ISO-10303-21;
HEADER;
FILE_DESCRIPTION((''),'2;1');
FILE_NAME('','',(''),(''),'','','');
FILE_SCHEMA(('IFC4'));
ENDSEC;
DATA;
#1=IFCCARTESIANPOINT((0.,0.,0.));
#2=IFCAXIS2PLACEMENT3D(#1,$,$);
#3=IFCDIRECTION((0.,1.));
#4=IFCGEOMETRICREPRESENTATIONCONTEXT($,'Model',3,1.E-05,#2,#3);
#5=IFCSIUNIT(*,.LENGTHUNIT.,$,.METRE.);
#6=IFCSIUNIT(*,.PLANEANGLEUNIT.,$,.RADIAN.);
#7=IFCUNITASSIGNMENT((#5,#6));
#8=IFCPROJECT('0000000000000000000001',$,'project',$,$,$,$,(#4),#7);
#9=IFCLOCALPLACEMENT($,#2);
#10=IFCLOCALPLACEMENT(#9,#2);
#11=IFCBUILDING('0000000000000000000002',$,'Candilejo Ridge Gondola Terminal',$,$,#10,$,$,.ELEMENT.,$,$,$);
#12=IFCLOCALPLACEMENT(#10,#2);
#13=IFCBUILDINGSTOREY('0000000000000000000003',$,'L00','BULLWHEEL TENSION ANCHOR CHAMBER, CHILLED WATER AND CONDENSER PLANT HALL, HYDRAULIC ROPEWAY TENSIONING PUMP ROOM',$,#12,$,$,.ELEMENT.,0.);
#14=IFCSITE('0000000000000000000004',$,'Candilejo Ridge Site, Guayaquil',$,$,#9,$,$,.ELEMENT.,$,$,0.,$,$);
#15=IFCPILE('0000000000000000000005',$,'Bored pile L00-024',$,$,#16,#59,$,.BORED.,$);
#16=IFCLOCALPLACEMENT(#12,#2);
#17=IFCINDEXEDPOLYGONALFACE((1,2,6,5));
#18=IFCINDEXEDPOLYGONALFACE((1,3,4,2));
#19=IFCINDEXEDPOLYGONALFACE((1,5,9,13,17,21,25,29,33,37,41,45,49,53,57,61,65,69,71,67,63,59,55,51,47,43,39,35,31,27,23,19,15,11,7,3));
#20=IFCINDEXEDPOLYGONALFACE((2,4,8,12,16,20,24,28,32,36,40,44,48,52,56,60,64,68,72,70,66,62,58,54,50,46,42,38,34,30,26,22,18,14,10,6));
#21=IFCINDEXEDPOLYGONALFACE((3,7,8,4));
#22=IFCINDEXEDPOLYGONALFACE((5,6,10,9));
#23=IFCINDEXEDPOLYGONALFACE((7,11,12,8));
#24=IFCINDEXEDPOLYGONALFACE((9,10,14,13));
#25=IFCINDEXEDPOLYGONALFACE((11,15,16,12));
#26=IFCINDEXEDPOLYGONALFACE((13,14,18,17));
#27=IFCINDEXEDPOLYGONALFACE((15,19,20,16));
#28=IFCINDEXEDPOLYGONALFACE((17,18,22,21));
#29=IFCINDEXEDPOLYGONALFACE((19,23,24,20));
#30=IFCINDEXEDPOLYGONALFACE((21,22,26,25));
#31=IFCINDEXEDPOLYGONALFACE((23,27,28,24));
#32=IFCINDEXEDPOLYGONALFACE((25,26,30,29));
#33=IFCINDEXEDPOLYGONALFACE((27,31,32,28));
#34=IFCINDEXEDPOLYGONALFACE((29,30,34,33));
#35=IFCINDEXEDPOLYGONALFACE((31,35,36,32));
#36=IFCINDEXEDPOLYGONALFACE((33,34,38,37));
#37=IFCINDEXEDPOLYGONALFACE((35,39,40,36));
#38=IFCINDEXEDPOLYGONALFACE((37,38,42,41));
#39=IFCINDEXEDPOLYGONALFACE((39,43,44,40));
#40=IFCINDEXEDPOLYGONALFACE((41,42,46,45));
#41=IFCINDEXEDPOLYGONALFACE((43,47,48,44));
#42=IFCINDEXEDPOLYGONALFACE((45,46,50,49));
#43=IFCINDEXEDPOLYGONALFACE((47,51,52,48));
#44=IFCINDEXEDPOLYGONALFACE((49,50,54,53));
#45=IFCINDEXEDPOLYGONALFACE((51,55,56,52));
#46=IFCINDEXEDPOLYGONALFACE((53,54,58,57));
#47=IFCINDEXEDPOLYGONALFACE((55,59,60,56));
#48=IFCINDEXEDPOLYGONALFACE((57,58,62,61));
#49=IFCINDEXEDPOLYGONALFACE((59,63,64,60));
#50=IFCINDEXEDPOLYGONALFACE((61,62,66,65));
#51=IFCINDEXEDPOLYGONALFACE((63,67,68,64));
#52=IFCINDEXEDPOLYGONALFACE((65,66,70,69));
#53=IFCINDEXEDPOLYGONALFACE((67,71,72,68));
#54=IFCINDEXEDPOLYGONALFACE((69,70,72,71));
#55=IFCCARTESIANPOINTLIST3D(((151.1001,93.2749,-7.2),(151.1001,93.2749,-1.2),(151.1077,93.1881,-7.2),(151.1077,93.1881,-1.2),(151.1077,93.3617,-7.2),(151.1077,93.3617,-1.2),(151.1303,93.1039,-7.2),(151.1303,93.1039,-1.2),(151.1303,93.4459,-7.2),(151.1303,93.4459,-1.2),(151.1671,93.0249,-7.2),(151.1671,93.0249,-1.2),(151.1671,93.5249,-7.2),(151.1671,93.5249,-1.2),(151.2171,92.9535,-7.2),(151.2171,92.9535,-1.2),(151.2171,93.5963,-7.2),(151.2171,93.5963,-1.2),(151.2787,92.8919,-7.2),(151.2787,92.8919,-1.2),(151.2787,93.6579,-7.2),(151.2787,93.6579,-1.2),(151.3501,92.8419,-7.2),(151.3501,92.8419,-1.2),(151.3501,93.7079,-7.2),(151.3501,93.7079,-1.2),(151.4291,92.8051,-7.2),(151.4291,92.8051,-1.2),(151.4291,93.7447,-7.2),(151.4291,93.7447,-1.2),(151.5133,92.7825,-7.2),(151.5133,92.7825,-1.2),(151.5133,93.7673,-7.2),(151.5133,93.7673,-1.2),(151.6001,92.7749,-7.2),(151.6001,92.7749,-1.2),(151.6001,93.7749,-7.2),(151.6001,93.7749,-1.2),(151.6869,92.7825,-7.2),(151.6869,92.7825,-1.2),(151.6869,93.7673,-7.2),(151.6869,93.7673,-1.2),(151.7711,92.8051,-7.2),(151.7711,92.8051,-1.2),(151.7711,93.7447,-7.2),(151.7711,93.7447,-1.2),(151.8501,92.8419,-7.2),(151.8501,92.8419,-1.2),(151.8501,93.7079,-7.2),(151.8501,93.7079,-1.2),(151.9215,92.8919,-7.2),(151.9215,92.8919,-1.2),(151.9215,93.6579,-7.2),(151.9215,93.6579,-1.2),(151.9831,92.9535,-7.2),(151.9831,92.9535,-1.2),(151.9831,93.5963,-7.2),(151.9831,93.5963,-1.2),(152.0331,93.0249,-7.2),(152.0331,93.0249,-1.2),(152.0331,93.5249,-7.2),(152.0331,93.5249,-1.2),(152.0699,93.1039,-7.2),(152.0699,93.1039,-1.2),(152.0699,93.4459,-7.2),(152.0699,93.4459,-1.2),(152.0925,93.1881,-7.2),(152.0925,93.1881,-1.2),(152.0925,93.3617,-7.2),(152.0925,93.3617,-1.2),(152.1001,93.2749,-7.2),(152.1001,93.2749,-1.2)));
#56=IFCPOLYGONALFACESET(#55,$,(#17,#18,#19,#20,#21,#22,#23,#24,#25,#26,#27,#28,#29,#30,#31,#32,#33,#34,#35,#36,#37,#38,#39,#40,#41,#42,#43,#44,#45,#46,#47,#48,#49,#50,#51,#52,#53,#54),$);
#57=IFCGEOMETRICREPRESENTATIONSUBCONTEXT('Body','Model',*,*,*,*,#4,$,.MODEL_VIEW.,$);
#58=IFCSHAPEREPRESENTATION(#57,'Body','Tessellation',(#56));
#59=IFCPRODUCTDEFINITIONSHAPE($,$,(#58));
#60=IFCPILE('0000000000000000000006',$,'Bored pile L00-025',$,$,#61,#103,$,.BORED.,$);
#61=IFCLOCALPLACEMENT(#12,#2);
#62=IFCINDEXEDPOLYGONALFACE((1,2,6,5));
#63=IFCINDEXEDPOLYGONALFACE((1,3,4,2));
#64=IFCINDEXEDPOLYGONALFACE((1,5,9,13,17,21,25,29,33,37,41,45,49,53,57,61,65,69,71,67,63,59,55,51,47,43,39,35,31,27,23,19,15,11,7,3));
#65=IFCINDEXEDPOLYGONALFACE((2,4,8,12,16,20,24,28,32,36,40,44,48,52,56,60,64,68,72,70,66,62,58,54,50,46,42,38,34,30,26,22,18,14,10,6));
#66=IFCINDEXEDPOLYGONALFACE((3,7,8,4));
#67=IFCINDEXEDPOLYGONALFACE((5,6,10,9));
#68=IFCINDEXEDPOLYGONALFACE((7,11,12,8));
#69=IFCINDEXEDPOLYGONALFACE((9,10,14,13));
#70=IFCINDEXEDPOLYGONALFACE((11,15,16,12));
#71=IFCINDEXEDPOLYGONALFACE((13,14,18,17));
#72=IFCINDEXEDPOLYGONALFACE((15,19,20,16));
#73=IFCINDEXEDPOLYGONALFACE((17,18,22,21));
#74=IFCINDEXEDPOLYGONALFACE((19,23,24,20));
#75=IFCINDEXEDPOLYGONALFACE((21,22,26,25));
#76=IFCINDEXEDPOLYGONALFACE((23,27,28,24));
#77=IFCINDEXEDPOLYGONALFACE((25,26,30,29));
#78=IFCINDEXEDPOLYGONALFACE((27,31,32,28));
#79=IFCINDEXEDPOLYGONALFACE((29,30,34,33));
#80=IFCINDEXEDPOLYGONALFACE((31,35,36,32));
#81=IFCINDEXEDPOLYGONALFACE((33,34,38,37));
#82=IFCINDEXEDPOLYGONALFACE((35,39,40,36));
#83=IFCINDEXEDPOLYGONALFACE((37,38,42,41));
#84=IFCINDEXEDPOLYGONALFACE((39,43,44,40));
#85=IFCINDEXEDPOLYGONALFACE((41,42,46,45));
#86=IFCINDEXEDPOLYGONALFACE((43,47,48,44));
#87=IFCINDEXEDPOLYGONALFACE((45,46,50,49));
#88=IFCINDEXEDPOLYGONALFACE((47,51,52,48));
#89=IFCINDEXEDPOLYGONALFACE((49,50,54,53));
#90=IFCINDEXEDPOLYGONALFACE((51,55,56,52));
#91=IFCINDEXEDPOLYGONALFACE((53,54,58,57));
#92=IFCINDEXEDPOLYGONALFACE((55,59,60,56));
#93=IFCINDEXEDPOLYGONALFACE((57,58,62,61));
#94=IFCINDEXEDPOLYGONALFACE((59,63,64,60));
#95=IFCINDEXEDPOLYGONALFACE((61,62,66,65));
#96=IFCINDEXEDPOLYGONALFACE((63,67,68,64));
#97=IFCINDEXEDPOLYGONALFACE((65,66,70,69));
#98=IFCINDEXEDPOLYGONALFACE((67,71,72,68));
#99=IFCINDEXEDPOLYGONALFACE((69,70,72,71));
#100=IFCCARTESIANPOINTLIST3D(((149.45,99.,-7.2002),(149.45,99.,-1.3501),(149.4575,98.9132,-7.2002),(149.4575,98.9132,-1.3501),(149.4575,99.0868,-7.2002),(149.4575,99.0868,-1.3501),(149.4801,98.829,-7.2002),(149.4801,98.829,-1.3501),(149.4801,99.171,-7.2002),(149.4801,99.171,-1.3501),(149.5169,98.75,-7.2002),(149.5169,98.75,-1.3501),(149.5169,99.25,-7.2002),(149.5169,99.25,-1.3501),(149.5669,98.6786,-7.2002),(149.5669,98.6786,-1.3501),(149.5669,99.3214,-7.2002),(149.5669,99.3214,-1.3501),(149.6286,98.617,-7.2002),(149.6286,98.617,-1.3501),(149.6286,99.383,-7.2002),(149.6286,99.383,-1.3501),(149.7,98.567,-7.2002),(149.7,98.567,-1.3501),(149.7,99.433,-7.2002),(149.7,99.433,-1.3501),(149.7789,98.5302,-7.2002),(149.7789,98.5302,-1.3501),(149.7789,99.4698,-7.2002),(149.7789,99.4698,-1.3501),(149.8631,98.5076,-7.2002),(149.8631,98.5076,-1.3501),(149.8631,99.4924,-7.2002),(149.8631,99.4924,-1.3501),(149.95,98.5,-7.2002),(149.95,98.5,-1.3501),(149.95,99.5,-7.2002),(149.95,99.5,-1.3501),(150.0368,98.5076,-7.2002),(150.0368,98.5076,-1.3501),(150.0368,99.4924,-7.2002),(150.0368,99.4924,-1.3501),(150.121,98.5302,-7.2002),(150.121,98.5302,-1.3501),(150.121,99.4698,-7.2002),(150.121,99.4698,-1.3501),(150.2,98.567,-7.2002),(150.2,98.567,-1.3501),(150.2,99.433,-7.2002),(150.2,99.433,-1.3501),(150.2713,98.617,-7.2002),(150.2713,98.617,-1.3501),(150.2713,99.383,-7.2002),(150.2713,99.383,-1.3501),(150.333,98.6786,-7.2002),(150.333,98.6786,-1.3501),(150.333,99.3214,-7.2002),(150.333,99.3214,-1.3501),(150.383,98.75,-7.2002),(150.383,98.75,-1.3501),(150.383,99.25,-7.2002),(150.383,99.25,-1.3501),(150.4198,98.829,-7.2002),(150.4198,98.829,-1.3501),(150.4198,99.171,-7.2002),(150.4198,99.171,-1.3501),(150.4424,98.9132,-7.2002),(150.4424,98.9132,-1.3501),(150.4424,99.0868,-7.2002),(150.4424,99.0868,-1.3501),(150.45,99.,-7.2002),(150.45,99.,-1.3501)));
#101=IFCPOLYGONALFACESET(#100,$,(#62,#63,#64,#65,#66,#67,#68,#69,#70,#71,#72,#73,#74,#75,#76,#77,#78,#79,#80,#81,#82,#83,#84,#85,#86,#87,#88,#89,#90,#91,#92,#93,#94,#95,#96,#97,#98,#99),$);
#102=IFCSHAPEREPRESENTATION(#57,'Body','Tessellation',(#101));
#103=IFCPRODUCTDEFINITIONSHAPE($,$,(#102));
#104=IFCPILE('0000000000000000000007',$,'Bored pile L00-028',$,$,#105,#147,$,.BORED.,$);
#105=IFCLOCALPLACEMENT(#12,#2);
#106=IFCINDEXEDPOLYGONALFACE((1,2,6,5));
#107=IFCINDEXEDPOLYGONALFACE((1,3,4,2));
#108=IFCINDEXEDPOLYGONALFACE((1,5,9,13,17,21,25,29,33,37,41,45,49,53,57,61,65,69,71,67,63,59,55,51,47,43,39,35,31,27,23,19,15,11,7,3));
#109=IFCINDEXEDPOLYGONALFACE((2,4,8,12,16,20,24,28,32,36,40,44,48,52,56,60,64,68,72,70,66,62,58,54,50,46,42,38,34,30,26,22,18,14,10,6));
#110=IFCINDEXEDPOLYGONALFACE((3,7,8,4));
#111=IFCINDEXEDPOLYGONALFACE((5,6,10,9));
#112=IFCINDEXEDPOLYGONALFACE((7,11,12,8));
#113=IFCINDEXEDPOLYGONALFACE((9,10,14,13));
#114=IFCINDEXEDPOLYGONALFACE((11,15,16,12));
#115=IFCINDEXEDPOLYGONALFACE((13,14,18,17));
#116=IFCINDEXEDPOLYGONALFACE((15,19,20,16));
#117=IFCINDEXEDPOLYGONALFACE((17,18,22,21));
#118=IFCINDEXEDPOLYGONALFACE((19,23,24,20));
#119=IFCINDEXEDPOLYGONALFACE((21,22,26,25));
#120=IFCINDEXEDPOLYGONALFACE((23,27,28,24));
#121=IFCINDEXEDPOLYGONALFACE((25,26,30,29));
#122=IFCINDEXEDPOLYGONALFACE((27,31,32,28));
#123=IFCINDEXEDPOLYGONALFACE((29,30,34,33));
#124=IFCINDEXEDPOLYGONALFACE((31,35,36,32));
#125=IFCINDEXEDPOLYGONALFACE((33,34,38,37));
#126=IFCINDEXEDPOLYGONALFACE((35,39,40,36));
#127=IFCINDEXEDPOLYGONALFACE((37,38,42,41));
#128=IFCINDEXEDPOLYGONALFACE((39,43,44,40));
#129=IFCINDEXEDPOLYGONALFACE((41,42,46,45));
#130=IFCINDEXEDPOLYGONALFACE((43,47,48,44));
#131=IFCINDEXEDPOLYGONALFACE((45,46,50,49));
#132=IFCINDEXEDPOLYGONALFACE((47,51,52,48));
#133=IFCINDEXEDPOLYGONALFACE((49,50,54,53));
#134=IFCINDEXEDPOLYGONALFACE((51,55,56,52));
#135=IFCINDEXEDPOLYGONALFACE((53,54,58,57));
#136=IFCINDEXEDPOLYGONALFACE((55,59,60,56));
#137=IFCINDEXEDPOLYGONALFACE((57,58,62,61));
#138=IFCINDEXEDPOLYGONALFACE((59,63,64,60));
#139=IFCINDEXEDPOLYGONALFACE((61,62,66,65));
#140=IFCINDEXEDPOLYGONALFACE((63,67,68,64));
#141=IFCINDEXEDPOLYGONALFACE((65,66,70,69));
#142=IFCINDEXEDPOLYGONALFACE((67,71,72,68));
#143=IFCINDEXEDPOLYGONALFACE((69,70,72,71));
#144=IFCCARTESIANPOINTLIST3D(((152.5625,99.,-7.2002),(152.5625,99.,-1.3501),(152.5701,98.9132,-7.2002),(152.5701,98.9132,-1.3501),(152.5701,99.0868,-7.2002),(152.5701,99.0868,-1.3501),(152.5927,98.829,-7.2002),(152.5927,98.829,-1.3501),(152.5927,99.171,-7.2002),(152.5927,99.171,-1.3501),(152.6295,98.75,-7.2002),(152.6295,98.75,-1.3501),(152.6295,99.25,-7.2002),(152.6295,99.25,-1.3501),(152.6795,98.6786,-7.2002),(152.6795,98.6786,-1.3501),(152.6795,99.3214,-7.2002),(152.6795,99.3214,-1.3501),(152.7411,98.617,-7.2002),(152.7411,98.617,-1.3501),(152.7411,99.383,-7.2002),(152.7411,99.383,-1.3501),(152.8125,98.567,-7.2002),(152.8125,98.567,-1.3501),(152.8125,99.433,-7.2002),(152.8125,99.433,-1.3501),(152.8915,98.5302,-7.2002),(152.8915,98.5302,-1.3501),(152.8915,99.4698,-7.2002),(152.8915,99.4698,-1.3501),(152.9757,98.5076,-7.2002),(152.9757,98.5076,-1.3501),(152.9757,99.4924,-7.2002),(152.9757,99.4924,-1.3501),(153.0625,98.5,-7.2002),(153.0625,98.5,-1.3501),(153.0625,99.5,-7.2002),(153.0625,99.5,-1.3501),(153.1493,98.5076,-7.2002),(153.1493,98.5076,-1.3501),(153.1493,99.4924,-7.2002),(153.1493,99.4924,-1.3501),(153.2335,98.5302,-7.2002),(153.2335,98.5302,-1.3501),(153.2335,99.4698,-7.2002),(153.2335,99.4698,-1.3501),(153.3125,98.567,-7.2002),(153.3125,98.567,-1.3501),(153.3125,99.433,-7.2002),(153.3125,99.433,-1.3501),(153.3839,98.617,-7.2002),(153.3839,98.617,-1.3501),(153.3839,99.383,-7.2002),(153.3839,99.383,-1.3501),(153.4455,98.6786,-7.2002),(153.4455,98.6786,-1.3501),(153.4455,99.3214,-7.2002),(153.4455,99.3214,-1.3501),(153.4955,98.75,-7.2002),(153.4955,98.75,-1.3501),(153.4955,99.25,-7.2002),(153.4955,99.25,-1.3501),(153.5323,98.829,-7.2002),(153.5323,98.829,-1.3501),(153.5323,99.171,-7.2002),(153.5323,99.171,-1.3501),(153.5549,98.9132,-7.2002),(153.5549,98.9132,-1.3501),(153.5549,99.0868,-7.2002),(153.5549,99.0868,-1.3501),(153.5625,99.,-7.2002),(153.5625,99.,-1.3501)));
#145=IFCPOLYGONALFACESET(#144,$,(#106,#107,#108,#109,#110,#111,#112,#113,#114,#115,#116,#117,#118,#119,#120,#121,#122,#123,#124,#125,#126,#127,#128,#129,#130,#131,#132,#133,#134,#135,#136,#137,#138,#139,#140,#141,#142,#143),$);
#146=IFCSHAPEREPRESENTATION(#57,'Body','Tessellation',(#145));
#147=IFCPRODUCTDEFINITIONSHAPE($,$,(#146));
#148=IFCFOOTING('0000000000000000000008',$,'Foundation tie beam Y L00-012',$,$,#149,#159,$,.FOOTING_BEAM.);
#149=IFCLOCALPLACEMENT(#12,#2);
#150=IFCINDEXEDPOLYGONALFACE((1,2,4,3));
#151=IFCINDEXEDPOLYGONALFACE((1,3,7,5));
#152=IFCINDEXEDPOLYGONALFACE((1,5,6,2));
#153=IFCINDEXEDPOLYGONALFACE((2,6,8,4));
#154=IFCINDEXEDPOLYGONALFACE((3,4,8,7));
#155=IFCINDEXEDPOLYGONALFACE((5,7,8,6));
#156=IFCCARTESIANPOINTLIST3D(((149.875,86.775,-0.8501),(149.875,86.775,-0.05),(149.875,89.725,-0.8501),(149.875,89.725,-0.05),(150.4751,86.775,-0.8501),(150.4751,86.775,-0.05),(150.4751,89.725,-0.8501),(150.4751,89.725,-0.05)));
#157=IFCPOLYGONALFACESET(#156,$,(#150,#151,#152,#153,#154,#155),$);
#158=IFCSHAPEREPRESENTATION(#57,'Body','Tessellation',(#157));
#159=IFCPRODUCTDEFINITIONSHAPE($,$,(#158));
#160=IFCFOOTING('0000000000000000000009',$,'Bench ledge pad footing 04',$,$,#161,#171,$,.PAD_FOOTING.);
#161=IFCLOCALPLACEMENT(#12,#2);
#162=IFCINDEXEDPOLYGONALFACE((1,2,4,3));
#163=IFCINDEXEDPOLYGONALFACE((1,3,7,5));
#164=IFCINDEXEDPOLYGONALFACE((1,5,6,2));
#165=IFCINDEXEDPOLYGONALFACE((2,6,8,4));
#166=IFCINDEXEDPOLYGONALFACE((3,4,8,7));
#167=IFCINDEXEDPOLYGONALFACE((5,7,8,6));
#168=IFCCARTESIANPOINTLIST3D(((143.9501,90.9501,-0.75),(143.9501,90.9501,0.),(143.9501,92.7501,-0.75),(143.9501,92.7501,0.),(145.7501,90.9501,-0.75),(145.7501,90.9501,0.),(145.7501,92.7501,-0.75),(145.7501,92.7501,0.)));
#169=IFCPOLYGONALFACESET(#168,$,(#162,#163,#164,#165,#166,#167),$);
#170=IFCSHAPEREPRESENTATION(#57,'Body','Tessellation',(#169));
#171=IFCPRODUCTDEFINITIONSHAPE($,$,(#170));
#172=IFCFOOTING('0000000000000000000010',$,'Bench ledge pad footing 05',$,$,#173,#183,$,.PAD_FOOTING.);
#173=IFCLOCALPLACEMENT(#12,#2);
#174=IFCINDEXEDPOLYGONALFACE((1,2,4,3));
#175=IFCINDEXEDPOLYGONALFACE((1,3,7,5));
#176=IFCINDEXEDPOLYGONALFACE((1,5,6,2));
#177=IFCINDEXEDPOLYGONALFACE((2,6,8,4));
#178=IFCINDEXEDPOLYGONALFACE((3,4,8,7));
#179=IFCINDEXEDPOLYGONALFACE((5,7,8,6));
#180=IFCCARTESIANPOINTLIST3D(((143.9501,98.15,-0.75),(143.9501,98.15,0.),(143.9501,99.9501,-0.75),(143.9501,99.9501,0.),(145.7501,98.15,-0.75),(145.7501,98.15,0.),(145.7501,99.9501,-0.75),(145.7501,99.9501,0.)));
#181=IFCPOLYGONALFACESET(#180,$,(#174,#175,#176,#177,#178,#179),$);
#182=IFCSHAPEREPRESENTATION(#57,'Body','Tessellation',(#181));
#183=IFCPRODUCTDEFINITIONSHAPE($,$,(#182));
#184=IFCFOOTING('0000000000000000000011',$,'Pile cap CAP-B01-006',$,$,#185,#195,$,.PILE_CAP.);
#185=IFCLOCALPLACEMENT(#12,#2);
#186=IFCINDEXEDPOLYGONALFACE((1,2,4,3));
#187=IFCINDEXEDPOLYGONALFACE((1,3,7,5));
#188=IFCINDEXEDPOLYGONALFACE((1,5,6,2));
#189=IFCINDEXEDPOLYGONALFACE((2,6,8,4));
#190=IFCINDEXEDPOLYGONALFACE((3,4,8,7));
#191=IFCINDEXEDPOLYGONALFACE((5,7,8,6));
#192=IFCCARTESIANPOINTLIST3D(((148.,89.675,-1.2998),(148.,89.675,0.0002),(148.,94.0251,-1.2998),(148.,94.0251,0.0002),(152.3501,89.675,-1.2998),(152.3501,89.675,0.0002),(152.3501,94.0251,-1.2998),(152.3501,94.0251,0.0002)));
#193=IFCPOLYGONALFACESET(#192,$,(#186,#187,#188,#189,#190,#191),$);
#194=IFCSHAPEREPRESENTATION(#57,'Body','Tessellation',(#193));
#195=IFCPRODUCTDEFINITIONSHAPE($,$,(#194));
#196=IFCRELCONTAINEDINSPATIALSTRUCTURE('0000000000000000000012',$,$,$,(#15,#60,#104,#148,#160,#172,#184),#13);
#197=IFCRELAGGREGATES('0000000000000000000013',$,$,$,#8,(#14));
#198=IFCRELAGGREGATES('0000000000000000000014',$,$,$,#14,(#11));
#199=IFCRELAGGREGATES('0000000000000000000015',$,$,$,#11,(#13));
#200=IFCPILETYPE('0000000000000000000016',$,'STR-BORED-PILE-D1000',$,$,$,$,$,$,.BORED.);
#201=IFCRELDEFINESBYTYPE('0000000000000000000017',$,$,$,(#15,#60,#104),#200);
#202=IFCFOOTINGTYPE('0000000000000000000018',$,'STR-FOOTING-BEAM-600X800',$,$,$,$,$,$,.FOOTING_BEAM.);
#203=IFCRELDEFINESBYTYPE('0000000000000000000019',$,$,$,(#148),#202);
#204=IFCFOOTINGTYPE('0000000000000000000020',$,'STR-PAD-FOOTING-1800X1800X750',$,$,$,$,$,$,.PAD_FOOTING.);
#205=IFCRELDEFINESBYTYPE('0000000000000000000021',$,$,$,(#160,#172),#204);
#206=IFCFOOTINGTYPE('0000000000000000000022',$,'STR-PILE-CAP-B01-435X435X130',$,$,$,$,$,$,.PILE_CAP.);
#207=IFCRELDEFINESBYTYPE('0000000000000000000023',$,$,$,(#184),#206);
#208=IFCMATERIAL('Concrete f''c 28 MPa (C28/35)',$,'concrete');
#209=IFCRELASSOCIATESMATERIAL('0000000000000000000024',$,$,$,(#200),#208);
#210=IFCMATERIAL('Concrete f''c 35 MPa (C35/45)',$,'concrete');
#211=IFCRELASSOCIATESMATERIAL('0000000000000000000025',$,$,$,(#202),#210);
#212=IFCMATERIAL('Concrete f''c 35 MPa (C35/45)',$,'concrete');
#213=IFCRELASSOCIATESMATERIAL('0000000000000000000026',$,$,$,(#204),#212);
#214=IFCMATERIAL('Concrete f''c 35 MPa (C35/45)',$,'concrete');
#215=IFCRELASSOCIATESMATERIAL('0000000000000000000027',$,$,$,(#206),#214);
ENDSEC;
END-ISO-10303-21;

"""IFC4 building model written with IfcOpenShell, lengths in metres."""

from ifc_helpers import new_model, si_unit, direction, frame, origin, origin_2d, place, context, subcontext, project, spatial, rectangle, circle, extrude, material, material_profile, profile_set, type_object, element, save


model = new_model("IFC4")

# Units and contexts
model_context = context("Model", 3, precision=1e-05, world=origin(), true_north=direction((0.0, 1.0)))
body_context = subcontext(model_context, "Body", "Model", "MODEL_VIEW")
ifc_project = project(units=[si_unit("LENGTHUNIT", "METRE"), si_unit("PLANEANGLEUNIT", "RADIAN")], contexts=[model_context])

# Site, building, storey
site_placement = place(None, origin())
site = spatial("IfcSite", under=ifc_project, at=site_placement, Name="Candilejo Ridge Site, Guayaquil", CompositionType="ELEMENT", RefElevation=0.0)
building_placement = place(site_placement, origin())
building = spatial("IfcBuilding", under=site, at=building_placement, Name="Candilejo Ridge Gondola Terminal", CompositionType="ELEMENT")
storey_placement = place(building_placement, origin())
storey = spatial("IfcBuildingStorey", under=building, at=storey_placement, Name="L00", Description="BULLWHEEL TENSION ANCHOR CHAMBER, CHILLED WATER AND CONDENSER PLANT HALL, HYDRAULIC ROPEWAY TENSIONING PUMP ROOM", CompositionType="ELEMENT", Elevation=0.0)

# Piles
ifc_material_1 = material(Name="Concrete f'c 28 MPa (C28/35)", Category="concrete")
ifc_material_profile_1 = material_profile(ifc_material_1, circle(Radius=0.5, at=origin_2d()))
ifc_profile_set_1 = profile_set([ifc_material_profile_1], Name="Concrete f'c 28 MPa (C28/35)")
pile_type = type_object("IfcPileType", Name="STR-BORED-PILE-D1000", PredefinedType="BORED", material=ifc_profile_set_1)
for number, where, z_axis, x_axis, name in (
    (1, (151.6001, 93.2749, -1.2), (0.0, 0.0, -1.0), (1.0, 0.0, 0.0), "Bored pile L00-024"),
):
    element("IfcPile", number, at=place(storey_placement, frame(where, z_axis=z_axis, x_axis=x_axis)), inside=storey, type_object=pile_type, Name=name, PredefinedType="BORED", context=body_context, shape_type="SweptSolid", body=[
        extrude(circle(Radius=0.5, at=origin_2d()), origin(), (0.0, 0.0, 1.0), 6.0),
    ])
for number, where, z_axis, x_axis, name in (
    (2, (149.95, 99.0, -1.3501), (0.0, 0.0, -1.0), (1.0, 0.0, 0.0), "Bored pile L00-025"),
    (3, (153.0625, 99.0, -1.3501), (0.0, 0.0, -1.0), (1.0, 0.0, 0.0), "Bored pile L00-028"),
):
    element("IfcPile", number, at=place(storey_placement, frame(where, z_axis=z_axis, x_axis=x_axis)), inside=storey, type_object=pile_type, Name=name, PredefinedType="BORED", context=body_context, shape_type="SweptSolid", body=[
        extrude(circle(Radius=0.5, at=origin_2d()), origin(), (0.0, 0.0, 1.0), 5.8501),
    ])

# Footings
ifc_material_2 = material(Name="Concrete f'c 35 MPa (C35/45)", Category="concrete")
footing_type_1 = type_object("IfcFootingType", Name="STR-FOOTING-BEAM-600X800", PredefinedType="FOOTING_BEAM", material=ifc_material_2)
footing_1_placement = place(storey_placement, frame((150.175, 88.25, -0.8501), z_axis=(0.0, 0.0, 1.0), x_axis=(1.0, 0.0, 0.0)))
element("IfcFooting", 4, at=footing_1_placement, inside=storey, type_object=footing_type_1, Name="Foundation tie beam Y L00-012", PredefinedType="FOOTING_BEAM", context=body_context, shape_type="SweptSolid", body=[
    extrude(rectangle(XDim=0.6001, YDim=2.95, at=origin_2d()), origin(), (0.0, 0.0, 1.0), 0.8),
])
ifc_material_3 = material(Name="Concrete f'c 35 MPa (C35/45)", Category="concrete")
footing_type_2 = type_object("IfcFootingType", Name="STR-PAD-FOOTING-1800X1800X750", PredefinedType="PAD_FOOTING", material=ifc_material_3)
for number, where, z_axis, x_axis, name in (
    (5, (144.8501, 91.8501, -0.75), (0.0, 0.0, 1.0), (1.0, 0.0, 0.0), "Bench ledge pad footing 04"),
    (6, (144.8501, 99.05, -0.75), (0.0, 0.0, 1.0), (1.0, 0.0, 0.0), "Bench ledge pad footing 05"),
):
    element("IfcFooting", number, at=place(storey_placement, frame(where, z_axis=z_axis, x_axis=x_axis)), inside=storey, type_object=footing_type_2, Name=name, PredefinedType="PAD_FOOTING", context=body_context, shape_type="SweptSolid", body=[
        extrude(rectangle(XDim=1.8, YDim=1.8, at=origin_2d()), origin(), (0.0, 0.0, 1.0), 0.75),
    ])
ifc_material_4 = material(Name="Concrete f'c 35 MPa (C35/45)", Category="concrete")
footing_type_3 = type_object("IfcFootingType", Name="STR-PILE-CAP-B01-435X435X130", PredefinedType="PILE_CAP", material=ifc_material_4)
footing_2_placement = place(storey_placement, frame((150.175, 91.8501, -1.2998), z_axis=(0.0, 0.0, 1.0), x_axis=(1.0, 0.0, 0.0)))
element("IfcFooting", 7, at=footing_2_placement, inside=storey, type_object=footing_type_3, Name="Pile cap CAP-B01-006", PredefinedType="PILE_CAP", context=body_context, shape_type="SweptSolid", body=[
    extrude(rectangle(XDim=4.3501, YDim=4.3501, at=origin_2d()), origin(), (0.0, 0.0, 1.0), 1.3),
])

save(model, "model.ifc")
